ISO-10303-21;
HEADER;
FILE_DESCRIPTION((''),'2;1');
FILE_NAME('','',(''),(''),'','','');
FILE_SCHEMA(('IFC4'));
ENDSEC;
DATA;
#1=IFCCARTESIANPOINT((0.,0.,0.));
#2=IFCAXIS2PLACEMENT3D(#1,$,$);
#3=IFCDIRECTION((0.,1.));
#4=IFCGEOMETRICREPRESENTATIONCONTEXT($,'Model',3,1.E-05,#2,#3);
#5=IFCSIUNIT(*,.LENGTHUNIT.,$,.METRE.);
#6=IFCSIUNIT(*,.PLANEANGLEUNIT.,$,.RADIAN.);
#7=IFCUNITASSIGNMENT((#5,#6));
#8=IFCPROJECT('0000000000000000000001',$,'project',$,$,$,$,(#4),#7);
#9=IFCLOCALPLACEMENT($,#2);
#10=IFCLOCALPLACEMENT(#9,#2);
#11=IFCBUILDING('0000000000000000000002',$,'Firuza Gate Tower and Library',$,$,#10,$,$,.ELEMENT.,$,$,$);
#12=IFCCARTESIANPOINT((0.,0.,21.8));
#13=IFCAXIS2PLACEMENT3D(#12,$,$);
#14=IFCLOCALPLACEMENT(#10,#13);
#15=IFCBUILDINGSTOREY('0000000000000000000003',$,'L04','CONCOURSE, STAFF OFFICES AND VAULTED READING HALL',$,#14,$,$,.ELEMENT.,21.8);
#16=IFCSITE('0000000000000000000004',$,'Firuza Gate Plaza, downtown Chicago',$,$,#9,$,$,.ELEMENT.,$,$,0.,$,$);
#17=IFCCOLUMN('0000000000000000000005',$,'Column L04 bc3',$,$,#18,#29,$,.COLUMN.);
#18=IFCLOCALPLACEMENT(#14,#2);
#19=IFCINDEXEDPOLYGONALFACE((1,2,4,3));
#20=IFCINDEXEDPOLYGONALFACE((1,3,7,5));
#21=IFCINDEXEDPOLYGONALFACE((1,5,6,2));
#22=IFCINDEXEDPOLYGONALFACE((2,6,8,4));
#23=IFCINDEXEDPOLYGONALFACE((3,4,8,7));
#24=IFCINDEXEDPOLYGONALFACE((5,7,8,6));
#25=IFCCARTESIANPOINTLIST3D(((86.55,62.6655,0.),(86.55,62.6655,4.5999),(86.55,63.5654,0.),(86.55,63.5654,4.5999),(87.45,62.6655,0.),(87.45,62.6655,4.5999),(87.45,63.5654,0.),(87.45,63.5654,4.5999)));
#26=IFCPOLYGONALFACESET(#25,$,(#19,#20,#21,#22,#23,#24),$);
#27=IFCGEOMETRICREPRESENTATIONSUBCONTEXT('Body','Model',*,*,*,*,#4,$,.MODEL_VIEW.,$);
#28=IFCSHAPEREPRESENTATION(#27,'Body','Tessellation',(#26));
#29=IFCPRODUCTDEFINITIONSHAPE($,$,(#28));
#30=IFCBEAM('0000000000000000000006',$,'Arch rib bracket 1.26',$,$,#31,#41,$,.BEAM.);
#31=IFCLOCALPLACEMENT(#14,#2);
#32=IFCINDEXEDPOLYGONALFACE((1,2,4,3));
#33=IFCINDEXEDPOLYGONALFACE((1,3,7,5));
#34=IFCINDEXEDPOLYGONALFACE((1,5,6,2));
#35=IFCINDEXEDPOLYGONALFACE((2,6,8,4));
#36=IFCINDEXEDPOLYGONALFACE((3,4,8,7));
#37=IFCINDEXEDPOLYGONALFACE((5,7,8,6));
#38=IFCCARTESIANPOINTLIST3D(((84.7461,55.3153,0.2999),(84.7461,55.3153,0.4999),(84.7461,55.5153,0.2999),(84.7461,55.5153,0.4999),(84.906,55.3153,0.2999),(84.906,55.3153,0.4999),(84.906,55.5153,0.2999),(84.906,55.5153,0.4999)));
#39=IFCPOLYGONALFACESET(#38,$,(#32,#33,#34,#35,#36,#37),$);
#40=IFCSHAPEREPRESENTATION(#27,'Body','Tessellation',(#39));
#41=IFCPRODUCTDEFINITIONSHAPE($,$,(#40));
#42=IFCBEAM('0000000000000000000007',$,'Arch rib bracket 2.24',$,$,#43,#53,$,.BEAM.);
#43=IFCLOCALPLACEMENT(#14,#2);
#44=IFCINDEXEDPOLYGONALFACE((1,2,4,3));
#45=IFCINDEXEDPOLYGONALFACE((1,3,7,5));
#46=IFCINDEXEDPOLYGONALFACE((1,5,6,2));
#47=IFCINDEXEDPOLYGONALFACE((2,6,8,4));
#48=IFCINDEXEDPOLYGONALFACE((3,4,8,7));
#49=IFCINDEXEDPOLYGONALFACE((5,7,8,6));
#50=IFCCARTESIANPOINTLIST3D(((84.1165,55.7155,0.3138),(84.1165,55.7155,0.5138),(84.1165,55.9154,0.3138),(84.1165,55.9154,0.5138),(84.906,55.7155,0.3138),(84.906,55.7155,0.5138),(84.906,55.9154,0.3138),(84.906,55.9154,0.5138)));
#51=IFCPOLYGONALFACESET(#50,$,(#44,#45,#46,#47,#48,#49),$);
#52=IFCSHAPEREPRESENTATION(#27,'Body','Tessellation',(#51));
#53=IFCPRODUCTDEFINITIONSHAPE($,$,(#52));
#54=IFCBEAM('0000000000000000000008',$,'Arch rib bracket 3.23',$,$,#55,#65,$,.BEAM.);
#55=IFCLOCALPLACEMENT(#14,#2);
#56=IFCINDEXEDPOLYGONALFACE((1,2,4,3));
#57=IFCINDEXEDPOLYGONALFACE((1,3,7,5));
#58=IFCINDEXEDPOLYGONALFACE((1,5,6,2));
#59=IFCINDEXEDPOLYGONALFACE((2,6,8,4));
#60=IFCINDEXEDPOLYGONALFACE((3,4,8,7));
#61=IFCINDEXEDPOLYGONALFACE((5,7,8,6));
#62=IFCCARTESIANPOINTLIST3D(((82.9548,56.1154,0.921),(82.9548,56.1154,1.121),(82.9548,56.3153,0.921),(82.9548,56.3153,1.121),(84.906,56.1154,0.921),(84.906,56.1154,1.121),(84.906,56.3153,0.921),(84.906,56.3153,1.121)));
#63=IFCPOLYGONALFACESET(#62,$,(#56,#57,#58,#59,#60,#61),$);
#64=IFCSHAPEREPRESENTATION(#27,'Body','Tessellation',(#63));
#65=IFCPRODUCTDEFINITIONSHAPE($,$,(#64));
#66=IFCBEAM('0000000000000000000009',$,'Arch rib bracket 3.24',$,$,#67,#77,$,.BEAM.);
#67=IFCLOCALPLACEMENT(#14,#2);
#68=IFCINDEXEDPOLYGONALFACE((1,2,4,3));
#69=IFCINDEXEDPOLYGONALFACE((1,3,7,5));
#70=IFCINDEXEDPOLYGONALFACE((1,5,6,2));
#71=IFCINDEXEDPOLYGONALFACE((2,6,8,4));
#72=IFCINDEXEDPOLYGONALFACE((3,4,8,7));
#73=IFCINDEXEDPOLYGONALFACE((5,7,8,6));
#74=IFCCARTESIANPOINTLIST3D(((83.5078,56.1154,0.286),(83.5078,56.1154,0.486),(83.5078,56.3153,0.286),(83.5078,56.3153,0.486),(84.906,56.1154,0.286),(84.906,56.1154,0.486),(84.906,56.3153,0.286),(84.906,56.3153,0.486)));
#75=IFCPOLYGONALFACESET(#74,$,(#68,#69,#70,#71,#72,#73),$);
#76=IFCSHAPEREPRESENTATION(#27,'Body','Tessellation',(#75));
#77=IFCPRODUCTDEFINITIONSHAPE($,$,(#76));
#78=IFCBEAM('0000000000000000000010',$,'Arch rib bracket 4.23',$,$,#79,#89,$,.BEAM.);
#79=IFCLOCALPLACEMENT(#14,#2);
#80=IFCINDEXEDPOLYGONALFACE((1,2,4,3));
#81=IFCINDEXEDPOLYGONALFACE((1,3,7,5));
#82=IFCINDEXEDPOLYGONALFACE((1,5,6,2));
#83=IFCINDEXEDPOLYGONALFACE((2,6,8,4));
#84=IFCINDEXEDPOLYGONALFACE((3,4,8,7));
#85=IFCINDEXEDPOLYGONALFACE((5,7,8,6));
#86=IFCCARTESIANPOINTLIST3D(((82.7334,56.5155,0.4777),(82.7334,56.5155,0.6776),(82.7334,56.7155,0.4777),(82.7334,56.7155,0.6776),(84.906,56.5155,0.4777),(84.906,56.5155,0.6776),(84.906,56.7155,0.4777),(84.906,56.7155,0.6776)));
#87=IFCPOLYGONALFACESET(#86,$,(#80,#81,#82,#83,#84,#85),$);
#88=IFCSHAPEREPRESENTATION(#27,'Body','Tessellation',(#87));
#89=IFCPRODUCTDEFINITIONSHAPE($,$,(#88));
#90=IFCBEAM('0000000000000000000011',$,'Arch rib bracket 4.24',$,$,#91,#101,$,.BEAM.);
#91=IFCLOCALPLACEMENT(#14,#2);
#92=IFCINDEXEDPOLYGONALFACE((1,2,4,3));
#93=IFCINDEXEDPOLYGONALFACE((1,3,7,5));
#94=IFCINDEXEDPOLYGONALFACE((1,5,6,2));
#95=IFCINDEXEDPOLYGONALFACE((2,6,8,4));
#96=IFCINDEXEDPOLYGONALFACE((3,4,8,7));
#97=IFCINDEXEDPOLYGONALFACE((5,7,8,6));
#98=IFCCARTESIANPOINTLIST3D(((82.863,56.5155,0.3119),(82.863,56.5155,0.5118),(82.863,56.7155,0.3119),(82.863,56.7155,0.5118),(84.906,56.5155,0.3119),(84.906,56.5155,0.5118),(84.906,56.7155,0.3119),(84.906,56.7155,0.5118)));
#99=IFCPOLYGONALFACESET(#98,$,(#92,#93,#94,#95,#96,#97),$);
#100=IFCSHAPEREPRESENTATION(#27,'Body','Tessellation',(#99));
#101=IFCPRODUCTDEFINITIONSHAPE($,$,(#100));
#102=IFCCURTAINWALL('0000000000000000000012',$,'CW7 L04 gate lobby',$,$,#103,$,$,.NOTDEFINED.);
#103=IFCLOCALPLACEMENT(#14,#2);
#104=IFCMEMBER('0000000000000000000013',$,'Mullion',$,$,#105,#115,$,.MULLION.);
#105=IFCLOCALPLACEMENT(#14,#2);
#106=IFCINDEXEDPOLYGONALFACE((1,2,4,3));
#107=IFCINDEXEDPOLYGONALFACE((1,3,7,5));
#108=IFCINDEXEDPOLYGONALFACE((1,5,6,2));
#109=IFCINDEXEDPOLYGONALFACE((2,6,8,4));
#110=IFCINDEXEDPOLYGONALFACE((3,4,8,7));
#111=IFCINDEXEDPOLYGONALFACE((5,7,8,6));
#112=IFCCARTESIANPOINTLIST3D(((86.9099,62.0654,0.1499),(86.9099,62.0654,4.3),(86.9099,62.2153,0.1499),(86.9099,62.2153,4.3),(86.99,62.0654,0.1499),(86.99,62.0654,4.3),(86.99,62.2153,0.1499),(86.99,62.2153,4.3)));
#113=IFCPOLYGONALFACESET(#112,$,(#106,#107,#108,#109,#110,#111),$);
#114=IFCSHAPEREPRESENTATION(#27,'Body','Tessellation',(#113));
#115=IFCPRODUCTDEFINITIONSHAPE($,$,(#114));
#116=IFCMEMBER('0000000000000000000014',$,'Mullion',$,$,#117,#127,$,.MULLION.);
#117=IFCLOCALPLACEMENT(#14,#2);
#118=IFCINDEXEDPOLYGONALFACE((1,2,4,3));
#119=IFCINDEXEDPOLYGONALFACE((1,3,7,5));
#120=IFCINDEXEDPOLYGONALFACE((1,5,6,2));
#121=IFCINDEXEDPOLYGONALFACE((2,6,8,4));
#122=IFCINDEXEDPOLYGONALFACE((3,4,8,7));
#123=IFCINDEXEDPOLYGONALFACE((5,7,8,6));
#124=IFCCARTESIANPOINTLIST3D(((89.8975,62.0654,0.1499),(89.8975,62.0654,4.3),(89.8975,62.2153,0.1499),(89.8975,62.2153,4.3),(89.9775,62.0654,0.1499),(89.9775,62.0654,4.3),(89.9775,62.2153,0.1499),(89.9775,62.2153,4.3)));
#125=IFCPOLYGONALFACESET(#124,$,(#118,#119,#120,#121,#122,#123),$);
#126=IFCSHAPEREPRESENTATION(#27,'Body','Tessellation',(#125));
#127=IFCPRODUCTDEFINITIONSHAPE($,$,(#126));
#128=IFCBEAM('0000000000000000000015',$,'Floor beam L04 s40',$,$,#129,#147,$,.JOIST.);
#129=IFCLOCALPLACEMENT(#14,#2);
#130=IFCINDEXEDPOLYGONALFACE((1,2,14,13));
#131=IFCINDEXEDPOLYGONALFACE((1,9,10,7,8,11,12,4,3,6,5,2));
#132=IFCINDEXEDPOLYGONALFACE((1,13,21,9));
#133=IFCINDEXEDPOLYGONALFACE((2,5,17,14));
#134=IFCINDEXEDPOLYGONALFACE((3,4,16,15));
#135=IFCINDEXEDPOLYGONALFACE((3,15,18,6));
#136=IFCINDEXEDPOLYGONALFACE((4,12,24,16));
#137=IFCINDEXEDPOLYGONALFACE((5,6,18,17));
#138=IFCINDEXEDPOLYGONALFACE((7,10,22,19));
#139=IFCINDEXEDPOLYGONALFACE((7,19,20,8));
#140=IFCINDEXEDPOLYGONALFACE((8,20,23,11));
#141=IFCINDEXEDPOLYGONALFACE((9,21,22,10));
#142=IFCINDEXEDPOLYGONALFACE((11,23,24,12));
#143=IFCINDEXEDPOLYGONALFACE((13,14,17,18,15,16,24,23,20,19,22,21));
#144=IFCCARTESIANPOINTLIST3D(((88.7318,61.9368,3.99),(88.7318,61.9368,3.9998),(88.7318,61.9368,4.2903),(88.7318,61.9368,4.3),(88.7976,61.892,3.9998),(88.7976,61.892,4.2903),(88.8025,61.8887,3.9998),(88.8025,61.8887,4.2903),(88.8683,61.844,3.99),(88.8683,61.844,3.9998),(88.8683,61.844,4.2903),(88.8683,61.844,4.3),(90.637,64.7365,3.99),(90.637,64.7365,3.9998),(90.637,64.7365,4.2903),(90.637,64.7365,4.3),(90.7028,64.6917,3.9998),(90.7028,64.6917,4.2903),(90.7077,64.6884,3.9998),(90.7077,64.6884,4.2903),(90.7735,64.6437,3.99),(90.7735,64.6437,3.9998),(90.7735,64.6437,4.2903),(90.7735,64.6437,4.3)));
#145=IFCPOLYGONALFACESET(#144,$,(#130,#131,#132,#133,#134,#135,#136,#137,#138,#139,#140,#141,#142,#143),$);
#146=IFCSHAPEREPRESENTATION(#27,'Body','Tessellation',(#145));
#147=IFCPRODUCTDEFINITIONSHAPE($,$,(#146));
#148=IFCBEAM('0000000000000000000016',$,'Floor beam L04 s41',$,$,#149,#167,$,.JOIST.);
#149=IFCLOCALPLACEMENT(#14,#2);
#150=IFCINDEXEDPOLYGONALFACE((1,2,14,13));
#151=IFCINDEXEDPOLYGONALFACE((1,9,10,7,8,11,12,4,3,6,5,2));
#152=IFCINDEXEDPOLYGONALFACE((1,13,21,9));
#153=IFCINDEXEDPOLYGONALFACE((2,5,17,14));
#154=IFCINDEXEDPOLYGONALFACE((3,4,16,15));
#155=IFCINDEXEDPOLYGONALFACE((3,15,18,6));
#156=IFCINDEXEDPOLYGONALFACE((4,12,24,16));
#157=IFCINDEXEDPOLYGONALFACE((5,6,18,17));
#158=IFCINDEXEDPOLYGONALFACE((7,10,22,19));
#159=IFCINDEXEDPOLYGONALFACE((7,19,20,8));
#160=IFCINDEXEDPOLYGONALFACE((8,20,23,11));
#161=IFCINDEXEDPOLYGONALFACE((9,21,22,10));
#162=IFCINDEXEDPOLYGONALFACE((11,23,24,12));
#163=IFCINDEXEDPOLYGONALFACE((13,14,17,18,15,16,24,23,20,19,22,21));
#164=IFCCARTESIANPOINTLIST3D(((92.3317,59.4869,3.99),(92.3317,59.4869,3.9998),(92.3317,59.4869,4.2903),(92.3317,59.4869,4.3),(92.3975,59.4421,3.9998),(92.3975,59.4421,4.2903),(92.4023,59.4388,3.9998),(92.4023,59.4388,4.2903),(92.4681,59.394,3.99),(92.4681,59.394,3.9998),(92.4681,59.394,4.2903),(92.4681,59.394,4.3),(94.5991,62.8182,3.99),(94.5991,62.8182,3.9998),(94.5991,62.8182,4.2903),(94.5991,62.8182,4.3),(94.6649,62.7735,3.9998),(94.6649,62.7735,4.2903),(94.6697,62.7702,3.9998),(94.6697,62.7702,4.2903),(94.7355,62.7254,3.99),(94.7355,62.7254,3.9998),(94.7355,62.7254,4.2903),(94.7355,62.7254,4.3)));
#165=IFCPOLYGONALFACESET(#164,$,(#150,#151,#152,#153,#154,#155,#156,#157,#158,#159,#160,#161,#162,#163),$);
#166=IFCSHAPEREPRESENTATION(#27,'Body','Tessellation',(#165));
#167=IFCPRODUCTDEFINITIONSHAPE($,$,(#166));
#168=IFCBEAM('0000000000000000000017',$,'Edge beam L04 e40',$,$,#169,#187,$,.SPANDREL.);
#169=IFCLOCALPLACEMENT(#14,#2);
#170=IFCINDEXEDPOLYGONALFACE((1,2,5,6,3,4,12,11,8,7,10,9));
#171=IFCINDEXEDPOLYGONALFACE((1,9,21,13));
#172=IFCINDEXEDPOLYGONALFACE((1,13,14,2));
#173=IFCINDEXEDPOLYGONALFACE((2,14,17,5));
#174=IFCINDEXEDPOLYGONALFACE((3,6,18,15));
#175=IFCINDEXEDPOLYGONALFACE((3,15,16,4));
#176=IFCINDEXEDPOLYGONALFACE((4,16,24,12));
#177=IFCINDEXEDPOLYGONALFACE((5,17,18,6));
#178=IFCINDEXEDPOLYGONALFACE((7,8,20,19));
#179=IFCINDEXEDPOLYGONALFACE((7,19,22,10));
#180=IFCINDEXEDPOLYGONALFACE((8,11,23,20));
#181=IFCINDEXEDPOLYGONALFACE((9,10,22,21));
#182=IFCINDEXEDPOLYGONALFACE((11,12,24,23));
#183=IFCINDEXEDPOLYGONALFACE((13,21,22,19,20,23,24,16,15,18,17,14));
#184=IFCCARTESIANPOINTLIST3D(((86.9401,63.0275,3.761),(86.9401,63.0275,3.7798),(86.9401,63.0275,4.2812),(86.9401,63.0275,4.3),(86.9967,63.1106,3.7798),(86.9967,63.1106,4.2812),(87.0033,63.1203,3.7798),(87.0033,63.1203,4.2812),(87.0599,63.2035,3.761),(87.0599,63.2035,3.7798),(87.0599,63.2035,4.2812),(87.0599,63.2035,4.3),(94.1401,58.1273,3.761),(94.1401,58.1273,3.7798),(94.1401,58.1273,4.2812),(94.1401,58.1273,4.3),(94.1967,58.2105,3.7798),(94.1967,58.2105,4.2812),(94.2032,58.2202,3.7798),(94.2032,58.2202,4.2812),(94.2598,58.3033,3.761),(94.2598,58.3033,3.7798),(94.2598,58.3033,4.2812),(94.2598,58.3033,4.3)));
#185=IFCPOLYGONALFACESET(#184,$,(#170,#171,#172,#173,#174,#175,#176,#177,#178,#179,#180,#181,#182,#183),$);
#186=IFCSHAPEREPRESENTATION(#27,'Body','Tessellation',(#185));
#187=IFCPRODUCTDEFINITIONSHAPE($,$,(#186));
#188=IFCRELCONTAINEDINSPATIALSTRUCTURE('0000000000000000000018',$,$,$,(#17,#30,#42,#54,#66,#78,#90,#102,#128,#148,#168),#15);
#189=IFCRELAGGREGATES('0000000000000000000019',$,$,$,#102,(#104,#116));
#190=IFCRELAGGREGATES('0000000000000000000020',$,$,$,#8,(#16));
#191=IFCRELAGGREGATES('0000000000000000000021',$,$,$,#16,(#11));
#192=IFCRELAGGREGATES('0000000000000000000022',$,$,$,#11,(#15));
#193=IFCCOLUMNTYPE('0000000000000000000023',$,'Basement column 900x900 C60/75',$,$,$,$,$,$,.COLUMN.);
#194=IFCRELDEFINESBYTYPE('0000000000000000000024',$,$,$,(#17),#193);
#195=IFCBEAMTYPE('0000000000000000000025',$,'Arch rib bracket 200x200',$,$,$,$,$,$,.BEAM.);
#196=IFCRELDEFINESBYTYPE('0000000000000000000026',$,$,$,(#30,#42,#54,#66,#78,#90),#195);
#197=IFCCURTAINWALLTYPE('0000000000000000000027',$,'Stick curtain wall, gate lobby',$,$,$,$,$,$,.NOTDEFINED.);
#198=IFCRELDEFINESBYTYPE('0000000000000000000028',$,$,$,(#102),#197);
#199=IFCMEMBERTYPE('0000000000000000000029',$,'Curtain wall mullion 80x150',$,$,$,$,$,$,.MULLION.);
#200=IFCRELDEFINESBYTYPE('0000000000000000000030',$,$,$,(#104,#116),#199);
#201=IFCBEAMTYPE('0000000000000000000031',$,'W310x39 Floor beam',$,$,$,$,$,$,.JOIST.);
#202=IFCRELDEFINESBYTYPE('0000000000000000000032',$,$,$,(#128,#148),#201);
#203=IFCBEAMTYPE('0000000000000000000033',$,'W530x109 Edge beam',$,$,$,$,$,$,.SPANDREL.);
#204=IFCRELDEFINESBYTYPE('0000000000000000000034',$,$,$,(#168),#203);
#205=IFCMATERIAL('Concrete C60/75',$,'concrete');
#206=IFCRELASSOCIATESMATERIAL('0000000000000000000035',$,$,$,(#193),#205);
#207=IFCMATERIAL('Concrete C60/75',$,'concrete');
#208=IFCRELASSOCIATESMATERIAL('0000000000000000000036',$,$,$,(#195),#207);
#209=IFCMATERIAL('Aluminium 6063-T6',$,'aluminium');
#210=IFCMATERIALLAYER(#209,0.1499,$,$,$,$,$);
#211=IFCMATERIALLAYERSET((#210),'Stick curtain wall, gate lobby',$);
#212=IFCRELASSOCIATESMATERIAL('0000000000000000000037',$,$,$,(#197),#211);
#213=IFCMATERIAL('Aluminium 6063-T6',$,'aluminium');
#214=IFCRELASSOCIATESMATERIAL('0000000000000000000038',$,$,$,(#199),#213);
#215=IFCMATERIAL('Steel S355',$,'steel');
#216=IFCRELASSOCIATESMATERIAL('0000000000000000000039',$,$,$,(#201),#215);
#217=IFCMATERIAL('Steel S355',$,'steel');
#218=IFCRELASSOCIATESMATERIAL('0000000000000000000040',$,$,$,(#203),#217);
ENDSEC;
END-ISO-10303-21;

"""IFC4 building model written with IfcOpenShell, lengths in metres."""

from ifc_helpers import new_model, si_unit, direction, frame, origin, origin_2d, place, context, subcontext, project, spatial, rectangle, i_section, extrude, material, layer, layer_set, material_profile, profile_set, type_object, element, aggregate, save


model = new_model("IFC4")

# Units and contexts
model_context = context("Model", 3, precision=1e-05, world=origin(), true_north=direction((0.0, 1.0)))
body_context = subcontext(model_context, "Body", "Model", "MODEL_VIEW")
ifc_project = project(units=[si_unit("LENGTHUNIT", "METRE"), si_unit("PLANEANGLEUNIT", "RADIAN")], contexts=[model_context])

# Site, building, storey
site_placement = place(None, origin())
site = spatial("IfcSite", under=ifc_project, at=site_placement, Name="Firuza Gate Plaza, downtown Chicago", CompositionType="ELEMENT", RefElevation=0.0)
building_placement = place(site_placement, origin())
building = spatial("IfcBuilding", under=site, at=building_placement, Name="Firuza Gate Tower and Library", CompositionType="ELEMENT")
storey_placement = place(building_placement, frame((0.0, 0.0, 21.8)))
storey = spatial("IfcBuildingStorey", under=building, at=storey_placement, Name="L04", Description="CONCOURSE, STAFF OFFICES AND VAULTED READING HALL", CompositionType="ELEMENT", Elevation=21.8)

# Column
ifc_material_1 = material(Name="Concrete C60/75", Category="concrete")
ifc_material_profile_1 = material_profile(ifc_material_1, rectangle(XDim=0.8999, YDim=0.8999, at=origin_2d()))
ifc_profile_set_1 = profile_set([ifc_material_profile_1], Name="Concrete C60/75")
column_type = type_object("IfcColumnType", Name="Basement column 900x900 C60/75", PredefinedType="COLUMN", material=ifc_profile_set_1)
column_placement = place(storey_placement, frame((87.0, 63.1155, 0.0), z_axis=(0.0, 0.0, 1.0), x_axis=(1.0, 0.0, 0.0)))
element("IfcColumn", 1, at=column_placement, inside=storey, type_object=column_type, Name="Column L04 bc3", PredefinedType="COLUMN", context=body_context, shape_type="SweptSolid", body=[
    extrude(rectangle(XDim=0.8999, YDim=0.8999, at=origin_2d()), origin(), (0.0, 0.0, 1.0), 4.5999),
])

# Beams
ifc_material_2 = material(Name="Concrete C60/75", Category="concrete")
ifc_material_profile_2 = material_profile(ifc_material_2, rectangle(XDim=0.2, YDim=0.2, at=origin_2d()))
ifc_profile_set_2 = profile_set([ifc_material_profile_2], Name="Concrete C60/75")
beam_type_1 = type_object("IfcBeamType", Name="Arch rib bracket 200x200", PredefinedType="BEAM", material=ifc_profile_set_2)
beam_1_placement = place(storey_placement, frame((84.906, 55.4153, 0.3999), z_axis=(-1.0, 0.0, 0.0), x_axis=(0.0, -1.0, 0.0)))
element("IfcBeam", 2, at=beam_1_placement, inside=storey, type_object=beam_type_1, Name="Arch rib bracket 1.26", PredefinedType="BEAM", context=body_context, shape_type="SweptSolid", body=[
    extrude(rectangle(XDim=0.2, YDim=0.2, at=origin_2d()), origin(), (0.0, 0.0, 1.0), 0.1599),
])
beam_2_placement = place(storey_placement, frame((84.906, 55.8154, 0.4138), z_axis=(-1.0, 0.0, 0.0), x_axis=(0.0, -1.0, 0.0)))
element("IfcBeam", 3, at=beam_2_placement, inside=storey, type_object=beam_type_1, Name="Arch rib bracket 2.24", PredefinedType="BEAM", context=body_context, shape_type="SweptSolid", body=[
    extrude(rectangle(XDim=0.2, YDim=0.2, at=origin_2d()), origin(), (0.0, 0.0, 1.0), 0.7896),
])
beam_3_placement = place(storey_placement, frame((84.906, 56.2153, 1.021), z_axis=(-1.0, 0.0, 0.0), x_axis=(0.0, -1.0, 0.0)))
element("IfcBeam", 4, at=beam_3_placement, inside=storey, type_object=beam_type_1, Name="Arch rib bracket 3.23", PredefinedType="BEAM", context=body_context, shape_type="SweptSolid", body=[
    extrude(rectangle(XDim=0.2, YDim=0.2, at=origin_2d()), origin(), (0.0, 0.0, 1.0), 1.9512),
])
beam_4_placement = place(storey_placement, frame((84.906, 56.2153, 0.386), z_axis=(-1.0, 0.0, 0.0), x_axis=(0.0, -1.0, 0.0)))
element("IfcBeam", 5, at=beam_4_placement, inside=storey, type_object=beam_type_1, Name="Arch rib bracket 3.24", PredefinedType="BEAM", context=body_context, shape_type="SweptSolid", body=[
    extrude(rectangle(XDim=0.2, YDim=0.2, at=origin_2d()), origin(), (0.0, 0.0, 1.0), 1.3982),
])
beam_5_placement = place(storey_placement, frame((84.906, 56.6155, 0.5776), z_axis=(-1.0, 0.0, 0.0), x_axis=(0.0, -1.0, 0.0)))
element("IfcBeam", 6, at=beam_5_placement, inside=storey, type_object=beam_type_1, Name="Arch rib bracket 4.23", PredefinedType="BEAM", context=body_context, shape_type="SweptSolid", body=[
    extrude(rectangle(XDim=0.2, YDim=0.2, at=origin_2d()), origin(), (0.0, 0.0, 1.0), 2.1726),
])
beam_6_placement = place(storey_placement, frame((84.906, 56.6155, 0.4119), z_axis=(-1.0, 0.0, 0.0), x_axis=(0.0, -1.0, 0.0)))
element("IfcBeam", 7, at=beam_6_placement, inside=storey, type_object=beam_type_1, Name="Arch rib bracket 4.24", PredefinedType="BEAM", context=body_context, shape_type="SweptSolid", body=[
    extrude(rectangle(XDim=0.2, YDim=0.2, at=origin_2d()), origin(), (0.0, 0.0, 1.0), 2.043),
])

# Curtain wall, members
ifc_material_3 = material(Name="Aluminium 6063-T6", Category="aluminium")
ifc_layer_1 = layer(ifc_material_3, 0.1499)
ifc_layer_set_1 = layer_set([ifc_layer_1], Name="Stick curtain wall, gate lobby")
curtain_wall_type = type_object("IfcCurtainWallType", Name="Stick curtain wall, gate lobby", PredefinedType="NOTDEFINED", material=ifc_layer_set_1)
curtain_wall_placement = place(storey_placement, origin())
curtain_wall = element("IfcCurtainWall", 8, at=curtain_wall_placement, inside=storey, type_object=curtain_wall_type, Name="CW7 L04 gate lobby", PredefinedType="NOTDEFINED")
ifc_material_4 = material(Name="Aluminium 6063-T6", Category="aluminium")
ifc_material_profile_3 = material_profile(ifc_material_4, rectangle(XDim=0.1499, YDim=0.0801, at=origin_2d()))
ifc_profile_set_3 = profile_set([ifc_material_profile_3], Name="Aluminium 6063-T6")
member_type = type_object("IfcMemberType", Name="Curtain wall mullion 80x150", PredefinedType="MULLION", material=ifc_profile_set_3)
member_1_placement = place(storey_placement, frame((86.95, 62.1404, 0.1499), z_axis=(0.0, 0.0, 1.0), x_axis=(0.0, 1.0, 0.0)))
member_1 = element("IfcMember", 9, at=member_1_placement, type_object=member_type, Name="Mullion", PredefinedType="MULLION", context=body_context, shape_type="SweptSolid", body=[
    extrude(rectangle(XDim=0.1499, YDim=0.0801, at=origin_2d()), origin(), (0.0, 0.0, 1.0), 4.1501),
])
member_2_placement = place(storey_placement, frame((89.9375, 62.1404, 0.1499), z_axis=(0.0, 0.0, 1.0), x_axis=(0.0, 1.0, 0.0)))
member_2 = element("IfcMember", 10, at=member_2_placement, type_object=member_type, Name="Mullion", PredefinedType="MULLION", context=body_context, shape_type="SweptSolid", body=[
    extrude(rectangle(XDim=0.1499, YDim=0.0801, at=origin_2d()), origin(), (0.0, 0.0, 1.0), 4.1501),
])

# Beams
ifc_material_5 = material(Name="Steel S355", Category="steel")
ifc_material_profile_4 = material_profile(ifc_material_5, i_section(OverallWidth=0.165, OverallDepth=0.3101, WebThickness=0.0059, FlangeThickness=0.0098, at=origin_2d()))
ifc_profile_set_4 = profile_set([ifc_material_profile_4], Name="Steel S355")
beam_type_2 = type_object("IfcBeamType", Name="W310x39 Floor beam", PredefinedType="JOIST", material=ifc_profile_set_4)
beam_7_placement = place(storey_placement, frame((88.8, 61.8904, 4.145), z_axis=(0.562594, 0.826733, 0.0), x_axis=(-0.826733, 0.562594, 0.0)))
element("IfcBeam", 11, at=beam_7_placement, inside=storey, type_object=beam_type_2, Name="Floor beam L04 s40", PredefinedType="JOIST", context=body_context, shape_type="SweptSolid", body=[
    extrude(i_section(OverallWidth=0.165, OverallDepth=0.3101, WebThickness=0.0059, FlangeThickness=0.0098, at=origin_2d()), origin(), (0.0, 0.0, 1.0), 3.3865),
])
beam_8_placement = place(storey_placement, frame((92.3999, 59.4404, 4.145), z_axis=(0.562658, 0.82669, 0.0), x_axis=(-0.82669, 0.562658, 0.0)))
element("IfcBeam", 12, at=beam_8_placement, inside=storey, type_object=beam_type_2, Name="Floor beam L04 s41", PredefinedType="JOIST", context=body_context, shape_type="SweptSolid", body=[
    extrude(i_section(OverallWidth=0.165, OverallDepth=0.3101, WebThickness=0.0059, FlangeThickness=0.0098, at=origin_2d()), origin(), (0.0, 0.0, 1.0), 4.0298),
])
ifc_material_6 = material(Name="Steel S355", Category="steel")
ifc_material_profile_5 = material_profile(ifc_material_6, i_section(OverallWidth=0.2129, OverallDepth=0.5391, WebThickness=0.0117, FlangeThickness=0.0188, at=origin_2d()))
ifc_profile_set_5 = profile_set([ifc_material_profile_5], Name="Steel S355")
beam_type_3 = type_object("IfcBeamType", Name="W530x109 Edge beam", PredefinedType="SPANDREL", material=ifc_profile_set_5)
beam_9_placement = place(storey_placement, frame((87.0, 63.1155, 4.0305), z_axis=(0.826703, -0.562638, 0.0), x_axis=(0.562638, 0.826703, 0.0)))
element("IfcBeam", 13, at=beam_9_placement, inside=storey, type_object=beam_type_3, Name="Edge beam L04 e40", PredefinedType="SPANDREL", context=body_context, shape_type="SweptSolid", body=[
    extrude(i_section(OverallWidth=0.2129, OverallDepth=0.5391, WebThickness=0.0117, FlangeThickness=0.0188, at=origin_2d()), origin(), (0.0, 0.0, 1.0), 8.7092),
])

aggregate(curtain_wall, [member_1, member_2])

save(model, "model.ifc")
